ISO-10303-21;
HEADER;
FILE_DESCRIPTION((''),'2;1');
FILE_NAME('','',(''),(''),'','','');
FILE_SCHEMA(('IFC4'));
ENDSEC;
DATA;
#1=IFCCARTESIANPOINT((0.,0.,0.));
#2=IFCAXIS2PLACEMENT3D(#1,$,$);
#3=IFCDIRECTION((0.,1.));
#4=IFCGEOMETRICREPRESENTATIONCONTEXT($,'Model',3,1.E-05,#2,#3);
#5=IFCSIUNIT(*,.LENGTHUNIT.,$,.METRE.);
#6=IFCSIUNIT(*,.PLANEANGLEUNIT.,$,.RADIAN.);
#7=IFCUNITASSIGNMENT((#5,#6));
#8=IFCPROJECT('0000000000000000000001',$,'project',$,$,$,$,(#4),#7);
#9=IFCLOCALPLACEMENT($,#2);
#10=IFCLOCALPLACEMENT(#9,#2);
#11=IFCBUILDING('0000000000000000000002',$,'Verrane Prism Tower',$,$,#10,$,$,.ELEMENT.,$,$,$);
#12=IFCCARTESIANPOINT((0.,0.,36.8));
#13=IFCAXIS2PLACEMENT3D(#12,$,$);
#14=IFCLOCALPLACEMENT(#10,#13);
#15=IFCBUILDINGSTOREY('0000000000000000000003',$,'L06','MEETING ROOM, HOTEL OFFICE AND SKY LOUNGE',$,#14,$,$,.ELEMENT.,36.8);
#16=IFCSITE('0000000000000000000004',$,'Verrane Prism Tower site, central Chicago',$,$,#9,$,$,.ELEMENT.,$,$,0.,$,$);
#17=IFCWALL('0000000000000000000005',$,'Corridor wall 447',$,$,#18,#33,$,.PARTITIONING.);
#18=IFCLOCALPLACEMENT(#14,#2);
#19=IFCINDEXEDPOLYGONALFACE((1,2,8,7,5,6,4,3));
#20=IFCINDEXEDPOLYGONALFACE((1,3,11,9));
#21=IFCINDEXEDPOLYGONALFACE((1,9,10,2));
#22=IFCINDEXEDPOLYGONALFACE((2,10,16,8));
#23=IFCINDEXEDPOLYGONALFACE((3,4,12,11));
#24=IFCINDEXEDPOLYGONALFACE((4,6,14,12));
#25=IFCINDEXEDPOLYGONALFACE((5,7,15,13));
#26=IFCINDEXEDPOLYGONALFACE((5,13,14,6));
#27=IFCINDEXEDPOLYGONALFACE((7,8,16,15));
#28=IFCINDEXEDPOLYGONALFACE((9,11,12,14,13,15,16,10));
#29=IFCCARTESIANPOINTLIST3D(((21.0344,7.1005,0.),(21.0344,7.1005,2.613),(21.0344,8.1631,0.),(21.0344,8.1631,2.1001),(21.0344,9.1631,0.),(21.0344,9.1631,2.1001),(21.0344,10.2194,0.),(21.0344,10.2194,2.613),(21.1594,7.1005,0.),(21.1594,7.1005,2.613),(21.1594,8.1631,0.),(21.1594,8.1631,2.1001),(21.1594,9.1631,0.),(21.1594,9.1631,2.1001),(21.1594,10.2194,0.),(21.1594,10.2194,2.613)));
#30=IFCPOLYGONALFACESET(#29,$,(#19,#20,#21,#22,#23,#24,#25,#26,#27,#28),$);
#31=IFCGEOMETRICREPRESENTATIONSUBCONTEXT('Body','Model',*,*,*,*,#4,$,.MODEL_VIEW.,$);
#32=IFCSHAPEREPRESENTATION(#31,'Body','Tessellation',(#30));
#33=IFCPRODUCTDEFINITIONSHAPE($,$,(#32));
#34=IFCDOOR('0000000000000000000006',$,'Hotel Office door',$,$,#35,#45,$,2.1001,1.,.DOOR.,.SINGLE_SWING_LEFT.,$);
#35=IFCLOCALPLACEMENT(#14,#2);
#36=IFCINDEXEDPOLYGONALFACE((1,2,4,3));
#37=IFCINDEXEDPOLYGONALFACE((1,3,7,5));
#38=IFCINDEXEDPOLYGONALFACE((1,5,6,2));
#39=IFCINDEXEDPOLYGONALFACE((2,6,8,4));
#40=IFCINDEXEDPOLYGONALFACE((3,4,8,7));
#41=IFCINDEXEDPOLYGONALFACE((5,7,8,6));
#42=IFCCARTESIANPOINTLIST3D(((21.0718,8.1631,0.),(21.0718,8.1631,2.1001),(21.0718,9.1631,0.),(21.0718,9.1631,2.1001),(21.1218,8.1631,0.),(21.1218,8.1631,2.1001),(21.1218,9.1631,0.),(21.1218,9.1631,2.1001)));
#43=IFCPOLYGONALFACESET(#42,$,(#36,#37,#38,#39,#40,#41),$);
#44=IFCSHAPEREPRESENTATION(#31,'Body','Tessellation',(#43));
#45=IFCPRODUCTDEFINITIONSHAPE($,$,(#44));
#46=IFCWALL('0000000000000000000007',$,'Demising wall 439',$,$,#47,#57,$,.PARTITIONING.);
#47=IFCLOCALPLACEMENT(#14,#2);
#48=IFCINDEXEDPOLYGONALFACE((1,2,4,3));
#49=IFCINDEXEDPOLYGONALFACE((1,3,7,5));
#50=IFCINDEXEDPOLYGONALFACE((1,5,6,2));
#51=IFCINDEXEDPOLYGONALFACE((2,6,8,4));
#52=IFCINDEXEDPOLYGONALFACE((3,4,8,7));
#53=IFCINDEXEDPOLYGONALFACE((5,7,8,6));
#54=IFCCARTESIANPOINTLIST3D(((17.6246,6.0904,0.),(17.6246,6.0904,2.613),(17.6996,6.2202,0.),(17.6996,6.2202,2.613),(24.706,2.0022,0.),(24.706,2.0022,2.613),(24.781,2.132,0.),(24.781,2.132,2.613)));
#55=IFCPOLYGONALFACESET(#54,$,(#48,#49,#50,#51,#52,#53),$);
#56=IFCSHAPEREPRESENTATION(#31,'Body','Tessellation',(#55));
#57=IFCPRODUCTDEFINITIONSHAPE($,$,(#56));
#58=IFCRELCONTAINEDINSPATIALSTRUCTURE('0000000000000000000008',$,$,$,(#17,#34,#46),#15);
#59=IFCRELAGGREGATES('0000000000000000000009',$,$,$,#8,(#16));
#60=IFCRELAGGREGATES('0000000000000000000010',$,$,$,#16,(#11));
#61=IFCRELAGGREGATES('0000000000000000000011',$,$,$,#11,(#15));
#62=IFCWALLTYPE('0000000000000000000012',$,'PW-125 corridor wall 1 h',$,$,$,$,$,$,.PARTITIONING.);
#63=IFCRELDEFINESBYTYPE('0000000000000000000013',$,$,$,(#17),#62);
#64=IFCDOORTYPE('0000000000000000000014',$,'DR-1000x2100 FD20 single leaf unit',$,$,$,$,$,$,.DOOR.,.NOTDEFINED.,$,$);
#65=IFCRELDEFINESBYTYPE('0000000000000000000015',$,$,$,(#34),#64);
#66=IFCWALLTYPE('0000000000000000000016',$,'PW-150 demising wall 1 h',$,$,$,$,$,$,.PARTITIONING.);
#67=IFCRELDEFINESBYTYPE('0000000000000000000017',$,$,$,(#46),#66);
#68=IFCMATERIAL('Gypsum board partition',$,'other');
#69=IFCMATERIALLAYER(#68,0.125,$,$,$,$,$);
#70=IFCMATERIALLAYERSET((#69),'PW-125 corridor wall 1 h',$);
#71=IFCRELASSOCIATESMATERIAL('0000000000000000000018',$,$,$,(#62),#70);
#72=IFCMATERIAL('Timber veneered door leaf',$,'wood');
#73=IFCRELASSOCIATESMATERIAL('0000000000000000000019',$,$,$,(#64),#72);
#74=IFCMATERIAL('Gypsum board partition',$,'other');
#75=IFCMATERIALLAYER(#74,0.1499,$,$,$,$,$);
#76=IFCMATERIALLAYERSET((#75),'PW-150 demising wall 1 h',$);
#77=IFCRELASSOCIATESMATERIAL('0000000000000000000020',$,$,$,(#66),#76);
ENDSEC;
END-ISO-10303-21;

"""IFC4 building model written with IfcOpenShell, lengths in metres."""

from ifc_helpers import new_model, si_unit, direction, frame, frame_2d, origin, place, context, subcontext, project, spatial, rectangle, extrude, material, layer, layer_set, type_object, element, fill, save


model = new_model("IFC4")

# Units and contexts
model_context = context("Model", 3, precision=1e-05, world=origin(), true_north=direction((0.0, 1.0)))
body_context = subcontext(model_context, "Body", "Model", "MODEL_VIEW")
ifc_project = project(units=[si_unit("LENGTHUNIT", "METRE"), si_unit("PLANEANGLEUNIT", "RADIAN")], contexts=[model_context])

# Site, building, storey
site_placement = place(None, origin())
site = spatial("IfcSite", under=ifc_project, at=site_placement, Name="Verrane Prism Tower site, central Chicago", CompositionType="ELEMENT", RefElevation=0.0)
building_placement = place(site_placement, origin())
building = spatial("IfcBuilding", under=site, at=building_placement, Name="Verrane Prism Tower", CompositionType="ELEMENT")
storey_placement = place(building_placement, frame((0.0, 0.0, 36.8)))
storey = spatial("IfcBuildingStorey", under=building, at=storey_placement, Name="L06", Description="MEETING ROOM, HOTEL OFFICE AND SKY LOUNGE", CompositionType="ELEMENT", Elevation=36.8)

# Shared definitions
ifc_material_1 = material(Name="Gypsum board partition", Category="other")
ifc_layer_1 = layer(ifc_material_1, 0.125)
ifc_layer_set_1 = layer_set([ifc_layer_1], Name="PW-125 corridor wall 1 h")
wall_type_1 = type_object("IfcWallType", Name="PW-125 corridor wall 1 h", PredefinedType="PARTITIONING", material=ifc_layer_set_1)
ifc_material_2 = material(Name="Timber veneered door leaf", Category="wood")
door_type_1 = type_object("IfcDoorType", Name="DR-1000x2100 FD20 single leaf unit", OperationType="NOTDEFINED", PredefinedType="DOOR", material=ifc_material_2)

# Wall, opening, door
wall_1_placement = place(storey_placement, frame((21.0969, 10.2195, 0.0), z_axis=(0.0, 0.0, 1.0), x_axis=(0.0, -1.0, 0.0)))
wall_1 = element("IfcWall", 1, at=wall_1_placement, inside=storey, type_object=wall_type_1, Name="Corridor wall 447", PredefinedType="PARTITIONING", context=body_context, shape_type="SweptSolid", body=[
    extrude(rectangle(XDim=3.1189, YDim=0.125, at=frame_2d((1.5596, 0.0))), origin(), (0.0, 0.0, 1.0), 2.613),
])
opening_1_placement = place(wall_1_placement, frame((1.0564, 0.0, 0.0)))
opening_1 = element("IfcOpeningElement", 2, at=opening_1_placement, cuts=wall_1, PredefinedType="OPENING", context=body_context, shape_type="SweptSolid", body=[
    extrude(rectangle(XDim=1.0, YDim=2.1001, at=frame_2d((0.5, 1.05))), frame((0.0, 0.0725, 0.0), z_axis=(0.0, -1.0, 0.0), x_axis=(1.0, 0.0, 0.0)), (0.0, 0.0, 1.0), 0.145),
])
door_1_placement = place(opening_1_placement, origin())
door_1 = element("IfcDoor", 3, at=door_1_placement, inside=storey, type_object=door_type_1, Name="Hotel Office door", OperationType="SINGLE_SWING_LEFT", OverallHeight=2.1001, OverallWidth=1.0, PredefinedType="DOOR", context=body_context, shape_type="SweptSolid", body=[
    extrude(rectangle(XDim=1.0, YDim=2.1001, at=frame_2d((0.5, 1.05))), frame((0.0, 0.0249, 0.0), z_axis=(0.0, -1.0, 0.0), x_axis=(1.0, 0.0, 0.0)), (0.0, 0.0, 1.0), 0.05),
])
fill(opening_1, door_1)

# Wall
ifc_material_3 = material(Name="Gypsum board partition", Category="other")
ifc_layer_2 = layer(ifc_material_3, 0.1499)
ifc_layer_set_2 = layer_set([ifc_layer_2], Name="PW-150 demising wall 1 h")
wall_type_2 = type_object("IfcWallType", Name="PW-150 demising wall 1 h", PredefinedType="PARTITIONING", material=ifc_layer_set_2)
wall_2_placement = place(storey_placement, frame((17.6621, 6.1553, 0.0), z_axis=(0.0, 0.0, 1.0), x_axis=(0.866039, -0.499977, 0.0)))
element("IfcWall", 4, at=wall_2_placement, inside=storey, type_object=wall_type_2, Name="Demising wall 439", PredefinedType="PARTITIONING", context=body_context, shape_type="SweptSolid", body=[
    extrude(rectangle(XDim=8.1768, YDim=0.1499, at=frame_2d((4.0884, 0.0))), origin(), (0.0, 0.0, 1.0), 2.613),
])

save(model, "model.ifc")
